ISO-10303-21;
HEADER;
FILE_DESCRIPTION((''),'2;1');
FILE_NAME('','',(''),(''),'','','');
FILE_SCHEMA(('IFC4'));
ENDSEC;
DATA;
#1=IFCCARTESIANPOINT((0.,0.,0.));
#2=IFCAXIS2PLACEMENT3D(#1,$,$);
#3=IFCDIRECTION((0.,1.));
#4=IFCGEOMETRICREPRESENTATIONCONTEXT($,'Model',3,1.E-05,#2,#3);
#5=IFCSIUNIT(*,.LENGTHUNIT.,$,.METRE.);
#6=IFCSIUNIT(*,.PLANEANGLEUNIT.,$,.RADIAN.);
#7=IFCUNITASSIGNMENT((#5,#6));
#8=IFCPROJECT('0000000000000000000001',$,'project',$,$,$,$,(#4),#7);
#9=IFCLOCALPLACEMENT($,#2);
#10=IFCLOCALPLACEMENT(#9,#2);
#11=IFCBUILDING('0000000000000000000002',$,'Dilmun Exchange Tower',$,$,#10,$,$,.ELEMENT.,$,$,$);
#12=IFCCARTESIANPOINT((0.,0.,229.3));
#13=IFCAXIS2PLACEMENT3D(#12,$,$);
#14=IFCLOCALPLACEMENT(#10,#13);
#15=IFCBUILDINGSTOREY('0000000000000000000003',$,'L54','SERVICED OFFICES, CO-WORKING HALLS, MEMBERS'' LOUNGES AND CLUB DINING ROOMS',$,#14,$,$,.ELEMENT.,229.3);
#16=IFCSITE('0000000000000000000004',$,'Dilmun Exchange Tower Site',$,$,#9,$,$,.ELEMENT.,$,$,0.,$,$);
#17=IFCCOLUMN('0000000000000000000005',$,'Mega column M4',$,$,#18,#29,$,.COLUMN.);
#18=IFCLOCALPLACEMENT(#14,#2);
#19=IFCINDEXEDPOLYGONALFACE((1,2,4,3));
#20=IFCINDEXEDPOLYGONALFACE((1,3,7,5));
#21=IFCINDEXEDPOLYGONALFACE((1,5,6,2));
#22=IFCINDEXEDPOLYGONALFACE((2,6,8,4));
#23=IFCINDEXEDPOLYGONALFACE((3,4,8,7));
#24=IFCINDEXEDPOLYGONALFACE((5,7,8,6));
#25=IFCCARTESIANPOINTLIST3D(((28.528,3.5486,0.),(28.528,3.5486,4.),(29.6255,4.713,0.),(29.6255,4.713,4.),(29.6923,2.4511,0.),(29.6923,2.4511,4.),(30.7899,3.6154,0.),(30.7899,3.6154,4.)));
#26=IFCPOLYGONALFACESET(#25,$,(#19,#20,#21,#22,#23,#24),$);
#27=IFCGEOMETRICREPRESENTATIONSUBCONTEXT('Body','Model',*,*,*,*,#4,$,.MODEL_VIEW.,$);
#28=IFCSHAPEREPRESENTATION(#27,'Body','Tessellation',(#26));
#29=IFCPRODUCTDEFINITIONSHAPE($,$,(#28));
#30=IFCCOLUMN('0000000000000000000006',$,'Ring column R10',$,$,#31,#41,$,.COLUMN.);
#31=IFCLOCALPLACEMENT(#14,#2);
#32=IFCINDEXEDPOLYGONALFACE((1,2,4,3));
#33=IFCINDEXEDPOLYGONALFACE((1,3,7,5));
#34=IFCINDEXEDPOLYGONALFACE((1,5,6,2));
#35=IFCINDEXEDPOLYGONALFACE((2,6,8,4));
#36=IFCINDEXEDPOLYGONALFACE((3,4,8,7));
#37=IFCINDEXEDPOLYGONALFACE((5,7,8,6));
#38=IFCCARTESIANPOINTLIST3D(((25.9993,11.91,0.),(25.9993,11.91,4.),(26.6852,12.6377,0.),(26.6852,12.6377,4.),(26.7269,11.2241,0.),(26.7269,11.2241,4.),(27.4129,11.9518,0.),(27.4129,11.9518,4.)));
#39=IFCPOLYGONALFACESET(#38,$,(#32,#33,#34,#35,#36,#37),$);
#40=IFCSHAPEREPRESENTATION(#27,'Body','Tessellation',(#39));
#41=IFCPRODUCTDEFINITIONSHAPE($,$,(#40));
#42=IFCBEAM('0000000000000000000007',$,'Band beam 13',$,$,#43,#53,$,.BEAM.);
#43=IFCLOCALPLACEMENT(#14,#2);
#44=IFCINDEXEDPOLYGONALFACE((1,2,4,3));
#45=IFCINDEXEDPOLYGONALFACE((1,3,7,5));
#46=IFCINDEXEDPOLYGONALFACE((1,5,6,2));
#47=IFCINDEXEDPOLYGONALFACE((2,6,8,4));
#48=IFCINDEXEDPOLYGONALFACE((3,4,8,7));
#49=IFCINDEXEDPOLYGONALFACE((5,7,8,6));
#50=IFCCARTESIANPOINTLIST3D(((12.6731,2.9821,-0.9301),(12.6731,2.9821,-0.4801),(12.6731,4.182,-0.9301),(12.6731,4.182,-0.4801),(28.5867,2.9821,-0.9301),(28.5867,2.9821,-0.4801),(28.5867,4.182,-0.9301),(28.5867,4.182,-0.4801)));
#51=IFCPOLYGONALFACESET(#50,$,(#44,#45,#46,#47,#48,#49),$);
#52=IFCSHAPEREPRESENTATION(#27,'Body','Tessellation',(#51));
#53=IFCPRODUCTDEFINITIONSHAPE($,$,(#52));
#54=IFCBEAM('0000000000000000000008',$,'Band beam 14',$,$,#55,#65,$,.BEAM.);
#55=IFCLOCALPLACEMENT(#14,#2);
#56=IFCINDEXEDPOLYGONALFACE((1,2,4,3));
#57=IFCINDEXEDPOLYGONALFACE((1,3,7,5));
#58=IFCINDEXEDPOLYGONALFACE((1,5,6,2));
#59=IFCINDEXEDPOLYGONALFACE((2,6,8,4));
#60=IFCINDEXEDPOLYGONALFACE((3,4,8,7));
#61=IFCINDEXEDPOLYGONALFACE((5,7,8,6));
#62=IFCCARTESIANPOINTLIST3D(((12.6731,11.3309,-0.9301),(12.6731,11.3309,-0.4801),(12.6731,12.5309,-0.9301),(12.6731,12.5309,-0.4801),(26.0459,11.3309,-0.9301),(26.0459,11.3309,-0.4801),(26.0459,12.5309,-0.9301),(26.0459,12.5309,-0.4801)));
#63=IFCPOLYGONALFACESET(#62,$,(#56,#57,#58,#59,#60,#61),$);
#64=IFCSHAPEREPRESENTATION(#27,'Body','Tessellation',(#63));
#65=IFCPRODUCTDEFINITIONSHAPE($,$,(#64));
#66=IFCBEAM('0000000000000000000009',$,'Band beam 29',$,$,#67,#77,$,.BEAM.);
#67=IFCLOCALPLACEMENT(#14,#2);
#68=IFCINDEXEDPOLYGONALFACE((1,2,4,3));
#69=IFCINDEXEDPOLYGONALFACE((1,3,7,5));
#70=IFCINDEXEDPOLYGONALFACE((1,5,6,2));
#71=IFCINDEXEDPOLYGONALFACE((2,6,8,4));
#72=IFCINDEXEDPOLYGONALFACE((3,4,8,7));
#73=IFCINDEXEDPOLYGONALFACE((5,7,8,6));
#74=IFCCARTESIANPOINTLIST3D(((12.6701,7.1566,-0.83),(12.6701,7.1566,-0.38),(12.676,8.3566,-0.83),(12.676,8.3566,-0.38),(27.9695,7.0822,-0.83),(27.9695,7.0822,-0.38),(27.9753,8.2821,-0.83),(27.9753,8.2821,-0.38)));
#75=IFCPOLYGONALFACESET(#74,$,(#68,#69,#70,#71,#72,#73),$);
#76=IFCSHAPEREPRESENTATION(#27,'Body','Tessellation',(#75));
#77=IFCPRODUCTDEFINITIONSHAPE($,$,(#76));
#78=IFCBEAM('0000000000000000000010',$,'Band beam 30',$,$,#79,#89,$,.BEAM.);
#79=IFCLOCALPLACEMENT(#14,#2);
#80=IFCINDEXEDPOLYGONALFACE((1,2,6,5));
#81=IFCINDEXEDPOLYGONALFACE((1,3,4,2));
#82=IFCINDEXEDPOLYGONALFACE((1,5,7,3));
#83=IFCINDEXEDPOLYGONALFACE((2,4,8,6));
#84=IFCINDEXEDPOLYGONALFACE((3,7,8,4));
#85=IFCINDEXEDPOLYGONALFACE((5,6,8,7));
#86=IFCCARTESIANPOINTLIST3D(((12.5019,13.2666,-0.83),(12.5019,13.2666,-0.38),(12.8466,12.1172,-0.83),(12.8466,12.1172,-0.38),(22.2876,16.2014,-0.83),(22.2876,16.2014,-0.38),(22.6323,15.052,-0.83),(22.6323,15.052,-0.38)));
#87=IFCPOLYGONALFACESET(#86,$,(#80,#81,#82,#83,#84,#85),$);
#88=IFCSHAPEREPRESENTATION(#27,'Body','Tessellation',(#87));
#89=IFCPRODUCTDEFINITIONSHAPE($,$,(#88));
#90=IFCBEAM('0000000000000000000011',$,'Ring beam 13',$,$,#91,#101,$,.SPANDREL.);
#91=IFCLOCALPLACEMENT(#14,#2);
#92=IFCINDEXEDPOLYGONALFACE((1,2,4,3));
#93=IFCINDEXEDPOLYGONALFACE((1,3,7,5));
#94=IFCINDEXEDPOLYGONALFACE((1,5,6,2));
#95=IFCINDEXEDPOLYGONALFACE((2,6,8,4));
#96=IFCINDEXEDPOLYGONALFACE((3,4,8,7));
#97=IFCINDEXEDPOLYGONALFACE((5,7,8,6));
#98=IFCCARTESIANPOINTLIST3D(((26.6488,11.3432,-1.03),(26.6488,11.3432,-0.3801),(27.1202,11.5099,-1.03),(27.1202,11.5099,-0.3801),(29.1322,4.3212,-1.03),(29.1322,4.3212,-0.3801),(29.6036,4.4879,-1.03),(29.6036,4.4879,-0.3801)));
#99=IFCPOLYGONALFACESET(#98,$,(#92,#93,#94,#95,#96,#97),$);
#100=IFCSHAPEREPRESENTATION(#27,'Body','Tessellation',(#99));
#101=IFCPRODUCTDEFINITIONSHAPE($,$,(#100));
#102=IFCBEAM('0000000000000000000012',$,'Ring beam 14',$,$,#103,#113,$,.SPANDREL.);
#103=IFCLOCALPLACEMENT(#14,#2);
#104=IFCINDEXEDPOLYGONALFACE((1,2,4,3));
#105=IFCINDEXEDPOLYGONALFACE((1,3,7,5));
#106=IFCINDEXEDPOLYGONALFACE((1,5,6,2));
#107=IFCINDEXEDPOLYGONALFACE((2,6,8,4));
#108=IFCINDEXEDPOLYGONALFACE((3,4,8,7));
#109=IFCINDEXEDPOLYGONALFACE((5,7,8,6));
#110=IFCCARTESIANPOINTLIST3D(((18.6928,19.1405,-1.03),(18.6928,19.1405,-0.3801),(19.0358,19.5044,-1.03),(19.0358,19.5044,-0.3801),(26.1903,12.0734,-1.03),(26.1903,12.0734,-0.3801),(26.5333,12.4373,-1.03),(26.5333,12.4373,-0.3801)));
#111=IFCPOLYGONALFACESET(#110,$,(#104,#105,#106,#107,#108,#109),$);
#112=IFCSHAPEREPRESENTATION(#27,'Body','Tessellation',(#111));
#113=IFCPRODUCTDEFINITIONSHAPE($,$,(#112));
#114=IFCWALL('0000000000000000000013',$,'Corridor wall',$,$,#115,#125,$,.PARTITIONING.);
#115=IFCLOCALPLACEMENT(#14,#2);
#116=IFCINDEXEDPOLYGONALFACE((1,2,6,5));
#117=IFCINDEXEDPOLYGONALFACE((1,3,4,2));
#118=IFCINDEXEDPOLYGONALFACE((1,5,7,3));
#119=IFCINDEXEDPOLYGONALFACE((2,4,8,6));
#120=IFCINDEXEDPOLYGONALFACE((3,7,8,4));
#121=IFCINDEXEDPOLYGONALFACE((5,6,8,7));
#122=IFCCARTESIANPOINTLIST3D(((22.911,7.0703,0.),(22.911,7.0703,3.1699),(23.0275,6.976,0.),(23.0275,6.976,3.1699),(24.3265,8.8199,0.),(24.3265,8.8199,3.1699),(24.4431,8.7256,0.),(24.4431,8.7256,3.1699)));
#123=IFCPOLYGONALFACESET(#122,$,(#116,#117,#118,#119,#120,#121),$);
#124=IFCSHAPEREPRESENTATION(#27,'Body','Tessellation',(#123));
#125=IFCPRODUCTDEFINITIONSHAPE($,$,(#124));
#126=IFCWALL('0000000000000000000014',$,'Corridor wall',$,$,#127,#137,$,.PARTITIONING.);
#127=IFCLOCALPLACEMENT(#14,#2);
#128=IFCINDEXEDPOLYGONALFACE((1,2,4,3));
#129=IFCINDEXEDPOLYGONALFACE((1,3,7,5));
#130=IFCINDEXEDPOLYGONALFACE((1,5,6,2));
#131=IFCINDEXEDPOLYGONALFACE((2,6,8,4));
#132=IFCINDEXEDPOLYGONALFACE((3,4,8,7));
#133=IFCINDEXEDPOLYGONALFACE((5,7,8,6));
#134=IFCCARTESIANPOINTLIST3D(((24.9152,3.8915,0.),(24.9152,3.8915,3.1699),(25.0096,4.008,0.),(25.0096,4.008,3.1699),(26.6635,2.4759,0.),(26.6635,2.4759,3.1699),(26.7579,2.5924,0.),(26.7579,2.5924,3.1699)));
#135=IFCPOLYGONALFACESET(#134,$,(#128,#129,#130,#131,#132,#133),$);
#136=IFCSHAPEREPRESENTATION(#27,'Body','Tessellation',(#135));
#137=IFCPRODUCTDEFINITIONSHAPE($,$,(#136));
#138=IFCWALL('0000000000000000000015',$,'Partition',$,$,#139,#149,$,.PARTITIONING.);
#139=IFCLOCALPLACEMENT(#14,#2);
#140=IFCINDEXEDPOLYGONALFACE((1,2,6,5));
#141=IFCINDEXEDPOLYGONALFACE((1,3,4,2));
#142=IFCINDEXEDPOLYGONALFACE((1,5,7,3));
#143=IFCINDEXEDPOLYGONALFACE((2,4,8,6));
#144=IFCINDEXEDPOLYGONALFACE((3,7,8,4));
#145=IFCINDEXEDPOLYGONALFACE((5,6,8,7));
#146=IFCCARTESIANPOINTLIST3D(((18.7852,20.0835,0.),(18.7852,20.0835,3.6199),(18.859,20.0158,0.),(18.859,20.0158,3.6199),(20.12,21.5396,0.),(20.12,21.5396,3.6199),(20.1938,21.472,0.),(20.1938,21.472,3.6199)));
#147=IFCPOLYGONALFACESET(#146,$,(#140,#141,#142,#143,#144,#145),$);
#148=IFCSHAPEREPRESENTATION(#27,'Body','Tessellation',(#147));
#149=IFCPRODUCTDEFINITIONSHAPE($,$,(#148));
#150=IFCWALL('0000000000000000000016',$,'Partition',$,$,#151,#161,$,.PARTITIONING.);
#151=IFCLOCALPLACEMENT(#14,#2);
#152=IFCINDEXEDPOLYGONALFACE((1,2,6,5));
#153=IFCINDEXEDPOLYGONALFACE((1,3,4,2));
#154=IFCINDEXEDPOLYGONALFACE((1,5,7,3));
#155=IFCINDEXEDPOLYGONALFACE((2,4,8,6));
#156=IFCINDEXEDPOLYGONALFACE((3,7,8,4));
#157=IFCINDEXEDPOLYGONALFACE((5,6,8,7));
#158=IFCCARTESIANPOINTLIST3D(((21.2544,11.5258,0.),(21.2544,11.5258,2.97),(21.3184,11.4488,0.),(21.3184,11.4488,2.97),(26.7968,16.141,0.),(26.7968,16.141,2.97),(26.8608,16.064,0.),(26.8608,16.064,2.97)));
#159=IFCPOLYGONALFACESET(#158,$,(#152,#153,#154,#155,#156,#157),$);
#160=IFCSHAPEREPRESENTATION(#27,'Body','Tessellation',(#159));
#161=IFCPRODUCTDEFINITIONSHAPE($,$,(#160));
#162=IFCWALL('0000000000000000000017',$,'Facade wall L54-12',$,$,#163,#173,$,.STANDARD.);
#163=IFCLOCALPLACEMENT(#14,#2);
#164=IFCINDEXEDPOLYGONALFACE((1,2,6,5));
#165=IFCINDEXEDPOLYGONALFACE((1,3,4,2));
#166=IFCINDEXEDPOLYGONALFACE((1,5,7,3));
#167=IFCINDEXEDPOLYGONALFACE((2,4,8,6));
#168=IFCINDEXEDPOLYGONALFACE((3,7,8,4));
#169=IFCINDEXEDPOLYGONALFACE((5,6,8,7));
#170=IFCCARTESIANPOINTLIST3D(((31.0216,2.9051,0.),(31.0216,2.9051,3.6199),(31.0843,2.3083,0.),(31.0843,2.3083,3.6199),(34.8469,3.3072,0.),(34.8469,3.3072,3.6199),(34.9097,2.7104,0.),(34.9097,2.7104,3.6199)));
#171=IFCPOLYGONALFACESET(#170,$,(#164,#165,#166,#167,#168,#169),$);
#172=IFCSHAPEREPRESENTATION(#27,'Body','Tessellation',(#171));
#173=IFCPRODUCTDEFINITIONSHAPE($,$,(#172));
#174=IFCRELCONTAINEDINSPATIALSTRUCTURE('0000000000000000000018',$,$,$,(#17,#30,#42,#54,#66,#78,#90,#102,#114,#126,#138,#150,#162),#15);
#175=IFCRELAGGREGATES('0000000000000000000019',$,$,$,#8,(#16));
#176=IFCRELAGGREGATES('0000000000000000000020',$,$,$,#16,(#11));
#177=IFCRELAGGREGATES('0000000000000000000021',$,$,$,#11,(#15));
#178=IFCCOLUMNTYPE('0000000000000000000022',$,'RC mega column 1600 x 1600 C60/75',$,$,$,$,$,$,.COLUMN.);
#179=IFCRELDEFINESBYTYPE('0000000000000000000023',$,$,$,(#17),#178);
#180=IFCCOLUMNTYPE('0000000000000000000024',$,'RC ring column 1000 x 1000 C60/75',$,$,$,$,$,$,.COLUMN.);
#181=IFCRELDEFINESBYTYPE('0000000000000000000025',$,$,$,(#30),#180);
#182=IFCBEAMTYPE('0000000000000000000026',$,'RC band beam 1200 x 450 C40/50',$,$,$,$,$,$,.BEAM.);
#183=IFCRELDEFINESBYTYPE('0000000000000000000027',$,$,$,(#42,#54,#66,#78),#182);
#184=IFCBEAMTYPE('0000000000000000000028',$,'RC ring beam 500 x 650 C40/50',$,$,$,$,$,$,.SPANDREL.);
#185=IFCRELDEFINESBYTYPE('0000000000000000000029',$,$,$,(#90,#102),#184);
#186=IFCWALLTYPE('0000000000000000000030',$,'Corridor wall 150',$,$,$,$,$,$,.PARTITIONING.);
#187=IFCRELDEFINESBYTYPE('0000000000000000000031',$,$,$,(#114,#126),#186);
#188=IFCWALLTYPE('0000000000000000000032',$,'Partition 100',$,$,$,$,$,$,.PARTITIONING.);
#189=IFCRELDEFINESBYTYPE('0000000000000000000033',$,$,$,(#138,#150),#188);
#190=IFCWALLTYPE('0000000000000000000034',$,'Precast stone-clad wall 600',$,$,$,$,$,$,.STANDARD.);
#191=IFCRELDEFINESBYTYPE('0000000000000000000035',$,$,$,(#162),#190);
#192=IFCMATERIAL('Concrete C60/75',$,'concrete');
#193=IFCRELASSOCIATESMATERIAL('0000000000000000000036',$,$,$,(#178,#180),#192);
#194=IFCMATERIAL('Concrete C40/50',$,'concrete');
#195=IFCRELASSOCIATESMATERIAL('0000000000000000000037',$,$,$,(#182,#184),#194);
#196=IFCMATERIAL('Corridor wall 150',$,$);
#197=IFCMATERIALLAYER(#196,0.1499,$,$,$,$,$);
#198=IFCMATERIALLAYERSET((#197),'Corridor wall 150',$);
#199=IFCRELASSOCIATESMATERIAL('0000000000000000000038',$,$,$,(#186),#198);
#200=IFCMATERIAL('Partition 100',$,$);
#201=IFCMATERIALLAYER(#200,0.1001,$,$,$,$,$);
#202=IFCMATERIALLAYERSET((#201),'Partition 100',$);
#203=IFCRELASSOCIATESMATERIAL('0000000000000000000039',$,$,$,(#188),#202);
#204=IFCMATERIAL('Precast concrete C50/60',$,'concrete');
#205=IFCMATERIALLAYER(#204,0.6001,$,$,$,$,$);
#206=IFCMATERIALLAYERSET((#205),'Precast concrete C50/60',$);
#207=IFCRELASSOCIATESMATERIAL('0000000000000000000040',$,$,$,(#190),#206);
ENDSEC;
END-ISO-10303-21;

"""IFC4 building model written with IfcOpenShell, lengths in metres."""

from ifc_helpers import new_model, si_unit, direction, frame, frame_2d, origin, origin_2d, place, context, subcontext, project, spatial, rectangle, extrude, material, layer, layer_set, material_profile, profile_set, type_object, element, save


model = new_model("IFC4")

# Units and contexts
model_context = context("Model", 3, precision=1e-05, world=origin(), true_north=direction((0.0, 1.0)))
body_context = subcontext(model_context, "Body", "Model", "MODEL_VIEW")
ifc_project = project(units=[si_unit("LENGTHUNIT", "METRE"), si_unit("PLANEANGLEUNIT", "RADIAN")], contexts=[model_context])

# Site, building, storey
site_placement = place(None, origin())
site = spatial("IfcSite", under=ifc_project, at=site_placement, Name="Dilmun Exchange Tower Site", CompositionType="ELEMENT", RefElevation=0.0)
building_placement = place(site_placement, origin())
building = spatial("IfcBuilding", under=site, at=building_placement, Name="Dilmun Exchange Tower", CompositionType="ELEMENT")
storey_placement = place(building_placement, frame((0.0, 0.0, 229.3)))
storey = spatial("IfcBuildingStorey", under=building, at=storey_placement, Name="L54", Description="SERVICED OFFICES, CO-WORKING HALLS, MEMBERS' LOUNGES AND CLUB DINING ROOMS", CompositionType="ELEMENT", Elevation=229.3)

# Columns
ifc_material_1 = material(Name="Concrete C60/75", Category="concrete")
ifc_material_profile_1 = material_profile(ifc_material_1, rectangle(XDim=1.6001, YDim=1.6001, at=origin_2d()), Name="1600 x 1600")
ifc_profile_set_1 = profile_set([ifc_material_profile_1], Name="Concrete C60/75")
column_type_1 = type_object("IfcColumnType", Name="RC mega column 1600 x 1600 C60/75", PredefinedType="COLUMN", material=ifc_profile_set_1)
column_1_placement = place(storey_placement, frame((29.6589, 3.582, 0.0), z_axis=(0.0, 0.0, 1.0), x_axis=(0.685916, 0.727681, 0.0)))
element("IfcColumn", 1, at=column_1_placement, inside=storey, type_object=column_type_1, Name="Mega column M4", PredefinedType="COLUMN", context=body_context, shape_type="SweptSolid", body=[
    extrude(rectangle(XDim=1.6001, YDim=1.6001, at=origin_2d()), origin(), (0.0, 0.0, 1.0), 4.0),
])
ifc_material_profile_2 = material_profile(ifc_material_1, rectangle(XDim=1.0, YDim=1.0, at=origin_2d()), Name="1000 x 1000")
ifc_profile_set_2 = profile_set([ifc_material_profile_2], Name="Concrete C60/75")
column_type_2 = type_object("IfcColumnType", Name="RC ring column 1000 x 1000 C60/75", PredefinedType="COLUMN", material=ifc_profile_set_2)
column_2_placement = place(storey_placement, frame((26.7061, 11.9309, 0.0), z_axis=(0.0, 0.0, 1.0), x_axis=(0.685916, 0.727681, 0.0)))
element("IfcColumn", 2, at=column_2_placement, inside=storey, type_object=column_type_2, Name="Ring column R10", PredefinedType="COLUMN", context=body_context, shape_type="SweptSolid", body=[
    extrude(rectangle(XDim=1.0, YDim=1.0, at=origin_2d()), origin(), (0.0, 0.0, 1.0), 4.0),
])

# Beams
ifc_material_2 = material(Name="Concrete C40/50", Category="concrete")
ifc_material_profile_3 = material_profile(ifc_material_2, rectangle(XDim=1.2, YDim=0.45, at=origin_2d()), Name="1200 x 450")
ifc_profile_set_3 = profile_set([ifc_material_profile_3], Name="Concrete C40/50")
beam_type_1 = type_object("IfcBeamType", Name="RC band beam 1200 x 450 C40/50", PredefinedType="BEAM", material=ifc_profile_set_3)
beam_1_placement = place(storey_placement, frame((28.5867, 3.582, -0.7051), z_axis=(-1.0, 0.0, 0.0), x_axis=(0.0, -1.0, 0.0)))
element("IfcBeam", 3, at=beam_1_placement, inside=storey, type_object=beam_type_1, Name="Band beam 13", PredefinedType="BEAM", context=body_context, shape_type="SweptSolid", body=[
    extrude(rectangle(XDim=1.2, YDim=0.45, at=origin_2d()), origin(), (0.0, 0.0, 1.0), 15.9136),
])
beam_2_placement = place(storey_placement, frame((26.0459, 11.9309, -0.7051), z_axis=(-1.0, 0.0, 0.0), x_axis=(0.0, -1.0, 0.0)))
element("IfcBeam", 4, at=beam_2_placement, inside=storey, type_object=beam_type_1, Name="Band beam 14", PredefinedType="BEAM", context=body_context, shape_type="SweptSolid", body=[
    extrude(rectangle(XDim=1.2, YDim=0.45, at=origin_2d()), origin(), (0.0, 0.0, 1.0), 13.3728),
])
beam_3_placement = place(storey_placement, frame((27.9724, 7.6821, -0.605), z_axis=(-0.999988, 0.004867, 0.0), x_axis=(-0.004867, -0.999988, 0.0)))
element("IfcBeam", 5, at=beam_3_placement, inside=storey, type_object=beam_type_1, Name="Band beam 29", PredefinedType="BEAM", context=body_context, shape_type="SweptSolid", body=[
    extrude(rectangle(XDim=1.2, YDim=0.45, at=origin_2d()), origin(), (0.0, 0.0, 1.0), 15.2996),
])
beam_4_placement = place(storey_placement, frame((22.46, 15.6267, -0.605), z_axis=(-0.95785, -0.287269, 0.0), x_axis=(0.287269, -0.95785, 0.0)))
element("IfcBeam", 6, at=beam_4_placement, inside=storey, type_object=beam_type_1, Name="Band beam 30", PredefinedType="BEAM", context=body_context, shape_type="SweptSolid", body=[
    extrude(rectangle(XDim=1.2, YDim=0.45, at=origin_2d()), origin(), (0.0, 0.0, 1.0), 10.2163),
])
ifc_material_profile_4 = material_profile(ifc_material_2, rectangle(XDim=0.5, YDim=0.6499, at=origin_2d()), Name="500 x 650")
ifc_profile_set_4 = profile_set([ifc_material_profile_4], Name="Concrete C40/50")
beam_type_2 = type_object("IfcBeamType", Name="RC ring beam 500 x 650 C40/50", PredefinedType="SPANDREL", material=ifc_profile_set_4)
beam_5_placement = place(storey_placement, frame((29.3679, 4.4045, -0.7051), z_axis=(-0.333424, 0.942777, 0.0), x_axis=(-0.942777, -0.333424, 0.0)))
element("IfcBeam", 7, at=beam_5_placement, inside=storey, type_object=beam_type_2, Name="Ring beam 13", PredefinedType="SPANDREL", context=body_context, shape_type="SweptSolid", body=[
    extrude(rectangle(XDim=0.5, YDim=0.6499, at=origin_2d()), origin(), (0.0, 0.0, 1.0), 7.4482),
])
beam_6_placement = place(storey_placement, frame((26.3618, 12.2554, -0.7051), z_axis=(-0.727686, 0.685911, 0.0), x_axis=(-0.685911, -0.727686, 0.0)))
element("IfcBeam", 8, at=beam_6_placement, inside=storey, type_object=beam_type_2, Name="Ring beam 14", PredefinedType="SPANDREL", context=body_context, shape_type="SweptSolid", body=[
    extrude(rectangle(XDim=0.5, YDim=0.6499, at=origin_2d()), origin(), (0.0, 0.0, 1.0), 10.3032),
])

# Walls
ifc_material_3 = material(Name="Corridor wall 150")
ifc_layer_1 = layer(ifc_material_3, 0.1499)
ifc_layer_set_1 = layer_set([ifc_layer_1], Name="Corridor wall 150")
wall_type_1 = type_object("IfcWallType", Name="Corridor wall 150", PredefinedType="PARTITIONING", material=ifc_layer_set_1)
wall_1_placement = place(storey_placement, frame((22.9692, 7.0232, 0.0), z_axis=(0.0, 0.0, 1.0), x_axis=(0.628998, 0.777407, 0.0)))
element("IfcWall", 9, at=wall_1_placement, inside=storey, type_object=wall_type_1, Name="Corridor wall", PredefinedType="PARTITIONING", context=body_context, shape_type="SweptSolid", body=[
    extrude(rectangle(XDim=2.2505, YDim=0.1499, at=frame_2d((1.1252, 0.0))), origin(), (0.0, 0.0, 1.0), 3.1699),
])
wall_2_placement = place(storey_placement, frame((24.9624, 3.9497, 0.0), z_axis=(0.0, 0.0, 1.0), x_axis=(0.777192, -0.629264, 0.0)))
element("IfcWall", 10, at=wall_2_placement, inside=storey, type_object=wall_type_1, Name="Corridor wall", PredefinedType="PARTITIONING", context=body_context, shape_type="SweptSolid", body=[
    extrude(rectangle(XDim=2.2495, YDim=0.1499, at=frame_2d((1.1248, 0.0))), origin(), (0.0, 0.0, 1.0), 3.1699),
])
ifc_material_4 = material(Name="Partition 100")
ifc_layer_2 = layer(ifc_material_4, 0.1001)
ifc_layer_set_2 = layer_set([ifc_layer_2], Name="Partition 100")
wall_type_2 = type_object("IfcWallType", Name="Partition 100", PredefinedType="PARTITIONING", material=ifc_layer_set_2)
wall_3_placement = place(storey_placement, frame((18.822, 20.0496, 0.0), z_axis=(0.0, 0.0, 1.0), x_axis=(0.675725, 0.737154, 0.0)))
element("IfcWall", 11, at=wall_3_placement, inside=storey, type_object=wall_type_2, Name="Partition", PredefinedType="PARTITIONING", context=body_context, shape_type="SweptSolid", body=[
    extrude(rectangle(XDim=1.9753, YDim=0.1001, at=frame_2d((0.9878, 0.0))), origin(), (0.0, 0.0, 1.0), 3.6199),
])
wall_4_placement = place(storey_placement, frame((21.2864, 11.4873, 0.0), z_axis=(0.0, 0.0, 1.0), x_axis=(0.76846, 0.639898, 0.0)))
element("IfcWall", 12, at=wall_4_placement, inside=storey, type_object=wall_type_2, Name="Partition", PredefinedType="PARTITIONING", context=body_context, shape_type="SweptSolid", body=[
    extrude(rectangle(XDim=7.2124, YDim=0.1001, at=frame_2d((3.6062, 0.0))), origin(), (0.0, 0.0, 1.0), 2.97),
])
ifc_material_5 = material(Name="Precast concrete C50/60", Category="concrete")
ifc_layer_3 = layer(ifc_material_5, 0.6001)
ifc_layer_set_3 = layer_set([ifc_layer_3], Name="Precast concrete C50/60")
wall_type_3 = type_object("IfcWallType", Name="Precast stone-clad wall 600", PredefinedType="STANDARD", material=ifc_layer_set_3)
wall_5_placement = place(storey_placement, frame((34.8784, 3.0088, 0.0), z_axis=(0.0, 0.0, 1.0), x_axis=(-0.994521, -0.104536, 0.0)))
element("IfcWall", 13, at=wall_5_placement, inside=storey, type_object=wall_type_3, Name="Facade wall L54-12", PredefinedType="STANDARD", context=body_context, shape_type="SweptSolid", body=[
    extrude(rectangle(XDim=3.8464, YDim=0.6001, at=frame_2d((1.9233, 0.0))), origin(), (0.0, 0.0, 1.0), 3.6199),
])

save(model, "model.ifc")
